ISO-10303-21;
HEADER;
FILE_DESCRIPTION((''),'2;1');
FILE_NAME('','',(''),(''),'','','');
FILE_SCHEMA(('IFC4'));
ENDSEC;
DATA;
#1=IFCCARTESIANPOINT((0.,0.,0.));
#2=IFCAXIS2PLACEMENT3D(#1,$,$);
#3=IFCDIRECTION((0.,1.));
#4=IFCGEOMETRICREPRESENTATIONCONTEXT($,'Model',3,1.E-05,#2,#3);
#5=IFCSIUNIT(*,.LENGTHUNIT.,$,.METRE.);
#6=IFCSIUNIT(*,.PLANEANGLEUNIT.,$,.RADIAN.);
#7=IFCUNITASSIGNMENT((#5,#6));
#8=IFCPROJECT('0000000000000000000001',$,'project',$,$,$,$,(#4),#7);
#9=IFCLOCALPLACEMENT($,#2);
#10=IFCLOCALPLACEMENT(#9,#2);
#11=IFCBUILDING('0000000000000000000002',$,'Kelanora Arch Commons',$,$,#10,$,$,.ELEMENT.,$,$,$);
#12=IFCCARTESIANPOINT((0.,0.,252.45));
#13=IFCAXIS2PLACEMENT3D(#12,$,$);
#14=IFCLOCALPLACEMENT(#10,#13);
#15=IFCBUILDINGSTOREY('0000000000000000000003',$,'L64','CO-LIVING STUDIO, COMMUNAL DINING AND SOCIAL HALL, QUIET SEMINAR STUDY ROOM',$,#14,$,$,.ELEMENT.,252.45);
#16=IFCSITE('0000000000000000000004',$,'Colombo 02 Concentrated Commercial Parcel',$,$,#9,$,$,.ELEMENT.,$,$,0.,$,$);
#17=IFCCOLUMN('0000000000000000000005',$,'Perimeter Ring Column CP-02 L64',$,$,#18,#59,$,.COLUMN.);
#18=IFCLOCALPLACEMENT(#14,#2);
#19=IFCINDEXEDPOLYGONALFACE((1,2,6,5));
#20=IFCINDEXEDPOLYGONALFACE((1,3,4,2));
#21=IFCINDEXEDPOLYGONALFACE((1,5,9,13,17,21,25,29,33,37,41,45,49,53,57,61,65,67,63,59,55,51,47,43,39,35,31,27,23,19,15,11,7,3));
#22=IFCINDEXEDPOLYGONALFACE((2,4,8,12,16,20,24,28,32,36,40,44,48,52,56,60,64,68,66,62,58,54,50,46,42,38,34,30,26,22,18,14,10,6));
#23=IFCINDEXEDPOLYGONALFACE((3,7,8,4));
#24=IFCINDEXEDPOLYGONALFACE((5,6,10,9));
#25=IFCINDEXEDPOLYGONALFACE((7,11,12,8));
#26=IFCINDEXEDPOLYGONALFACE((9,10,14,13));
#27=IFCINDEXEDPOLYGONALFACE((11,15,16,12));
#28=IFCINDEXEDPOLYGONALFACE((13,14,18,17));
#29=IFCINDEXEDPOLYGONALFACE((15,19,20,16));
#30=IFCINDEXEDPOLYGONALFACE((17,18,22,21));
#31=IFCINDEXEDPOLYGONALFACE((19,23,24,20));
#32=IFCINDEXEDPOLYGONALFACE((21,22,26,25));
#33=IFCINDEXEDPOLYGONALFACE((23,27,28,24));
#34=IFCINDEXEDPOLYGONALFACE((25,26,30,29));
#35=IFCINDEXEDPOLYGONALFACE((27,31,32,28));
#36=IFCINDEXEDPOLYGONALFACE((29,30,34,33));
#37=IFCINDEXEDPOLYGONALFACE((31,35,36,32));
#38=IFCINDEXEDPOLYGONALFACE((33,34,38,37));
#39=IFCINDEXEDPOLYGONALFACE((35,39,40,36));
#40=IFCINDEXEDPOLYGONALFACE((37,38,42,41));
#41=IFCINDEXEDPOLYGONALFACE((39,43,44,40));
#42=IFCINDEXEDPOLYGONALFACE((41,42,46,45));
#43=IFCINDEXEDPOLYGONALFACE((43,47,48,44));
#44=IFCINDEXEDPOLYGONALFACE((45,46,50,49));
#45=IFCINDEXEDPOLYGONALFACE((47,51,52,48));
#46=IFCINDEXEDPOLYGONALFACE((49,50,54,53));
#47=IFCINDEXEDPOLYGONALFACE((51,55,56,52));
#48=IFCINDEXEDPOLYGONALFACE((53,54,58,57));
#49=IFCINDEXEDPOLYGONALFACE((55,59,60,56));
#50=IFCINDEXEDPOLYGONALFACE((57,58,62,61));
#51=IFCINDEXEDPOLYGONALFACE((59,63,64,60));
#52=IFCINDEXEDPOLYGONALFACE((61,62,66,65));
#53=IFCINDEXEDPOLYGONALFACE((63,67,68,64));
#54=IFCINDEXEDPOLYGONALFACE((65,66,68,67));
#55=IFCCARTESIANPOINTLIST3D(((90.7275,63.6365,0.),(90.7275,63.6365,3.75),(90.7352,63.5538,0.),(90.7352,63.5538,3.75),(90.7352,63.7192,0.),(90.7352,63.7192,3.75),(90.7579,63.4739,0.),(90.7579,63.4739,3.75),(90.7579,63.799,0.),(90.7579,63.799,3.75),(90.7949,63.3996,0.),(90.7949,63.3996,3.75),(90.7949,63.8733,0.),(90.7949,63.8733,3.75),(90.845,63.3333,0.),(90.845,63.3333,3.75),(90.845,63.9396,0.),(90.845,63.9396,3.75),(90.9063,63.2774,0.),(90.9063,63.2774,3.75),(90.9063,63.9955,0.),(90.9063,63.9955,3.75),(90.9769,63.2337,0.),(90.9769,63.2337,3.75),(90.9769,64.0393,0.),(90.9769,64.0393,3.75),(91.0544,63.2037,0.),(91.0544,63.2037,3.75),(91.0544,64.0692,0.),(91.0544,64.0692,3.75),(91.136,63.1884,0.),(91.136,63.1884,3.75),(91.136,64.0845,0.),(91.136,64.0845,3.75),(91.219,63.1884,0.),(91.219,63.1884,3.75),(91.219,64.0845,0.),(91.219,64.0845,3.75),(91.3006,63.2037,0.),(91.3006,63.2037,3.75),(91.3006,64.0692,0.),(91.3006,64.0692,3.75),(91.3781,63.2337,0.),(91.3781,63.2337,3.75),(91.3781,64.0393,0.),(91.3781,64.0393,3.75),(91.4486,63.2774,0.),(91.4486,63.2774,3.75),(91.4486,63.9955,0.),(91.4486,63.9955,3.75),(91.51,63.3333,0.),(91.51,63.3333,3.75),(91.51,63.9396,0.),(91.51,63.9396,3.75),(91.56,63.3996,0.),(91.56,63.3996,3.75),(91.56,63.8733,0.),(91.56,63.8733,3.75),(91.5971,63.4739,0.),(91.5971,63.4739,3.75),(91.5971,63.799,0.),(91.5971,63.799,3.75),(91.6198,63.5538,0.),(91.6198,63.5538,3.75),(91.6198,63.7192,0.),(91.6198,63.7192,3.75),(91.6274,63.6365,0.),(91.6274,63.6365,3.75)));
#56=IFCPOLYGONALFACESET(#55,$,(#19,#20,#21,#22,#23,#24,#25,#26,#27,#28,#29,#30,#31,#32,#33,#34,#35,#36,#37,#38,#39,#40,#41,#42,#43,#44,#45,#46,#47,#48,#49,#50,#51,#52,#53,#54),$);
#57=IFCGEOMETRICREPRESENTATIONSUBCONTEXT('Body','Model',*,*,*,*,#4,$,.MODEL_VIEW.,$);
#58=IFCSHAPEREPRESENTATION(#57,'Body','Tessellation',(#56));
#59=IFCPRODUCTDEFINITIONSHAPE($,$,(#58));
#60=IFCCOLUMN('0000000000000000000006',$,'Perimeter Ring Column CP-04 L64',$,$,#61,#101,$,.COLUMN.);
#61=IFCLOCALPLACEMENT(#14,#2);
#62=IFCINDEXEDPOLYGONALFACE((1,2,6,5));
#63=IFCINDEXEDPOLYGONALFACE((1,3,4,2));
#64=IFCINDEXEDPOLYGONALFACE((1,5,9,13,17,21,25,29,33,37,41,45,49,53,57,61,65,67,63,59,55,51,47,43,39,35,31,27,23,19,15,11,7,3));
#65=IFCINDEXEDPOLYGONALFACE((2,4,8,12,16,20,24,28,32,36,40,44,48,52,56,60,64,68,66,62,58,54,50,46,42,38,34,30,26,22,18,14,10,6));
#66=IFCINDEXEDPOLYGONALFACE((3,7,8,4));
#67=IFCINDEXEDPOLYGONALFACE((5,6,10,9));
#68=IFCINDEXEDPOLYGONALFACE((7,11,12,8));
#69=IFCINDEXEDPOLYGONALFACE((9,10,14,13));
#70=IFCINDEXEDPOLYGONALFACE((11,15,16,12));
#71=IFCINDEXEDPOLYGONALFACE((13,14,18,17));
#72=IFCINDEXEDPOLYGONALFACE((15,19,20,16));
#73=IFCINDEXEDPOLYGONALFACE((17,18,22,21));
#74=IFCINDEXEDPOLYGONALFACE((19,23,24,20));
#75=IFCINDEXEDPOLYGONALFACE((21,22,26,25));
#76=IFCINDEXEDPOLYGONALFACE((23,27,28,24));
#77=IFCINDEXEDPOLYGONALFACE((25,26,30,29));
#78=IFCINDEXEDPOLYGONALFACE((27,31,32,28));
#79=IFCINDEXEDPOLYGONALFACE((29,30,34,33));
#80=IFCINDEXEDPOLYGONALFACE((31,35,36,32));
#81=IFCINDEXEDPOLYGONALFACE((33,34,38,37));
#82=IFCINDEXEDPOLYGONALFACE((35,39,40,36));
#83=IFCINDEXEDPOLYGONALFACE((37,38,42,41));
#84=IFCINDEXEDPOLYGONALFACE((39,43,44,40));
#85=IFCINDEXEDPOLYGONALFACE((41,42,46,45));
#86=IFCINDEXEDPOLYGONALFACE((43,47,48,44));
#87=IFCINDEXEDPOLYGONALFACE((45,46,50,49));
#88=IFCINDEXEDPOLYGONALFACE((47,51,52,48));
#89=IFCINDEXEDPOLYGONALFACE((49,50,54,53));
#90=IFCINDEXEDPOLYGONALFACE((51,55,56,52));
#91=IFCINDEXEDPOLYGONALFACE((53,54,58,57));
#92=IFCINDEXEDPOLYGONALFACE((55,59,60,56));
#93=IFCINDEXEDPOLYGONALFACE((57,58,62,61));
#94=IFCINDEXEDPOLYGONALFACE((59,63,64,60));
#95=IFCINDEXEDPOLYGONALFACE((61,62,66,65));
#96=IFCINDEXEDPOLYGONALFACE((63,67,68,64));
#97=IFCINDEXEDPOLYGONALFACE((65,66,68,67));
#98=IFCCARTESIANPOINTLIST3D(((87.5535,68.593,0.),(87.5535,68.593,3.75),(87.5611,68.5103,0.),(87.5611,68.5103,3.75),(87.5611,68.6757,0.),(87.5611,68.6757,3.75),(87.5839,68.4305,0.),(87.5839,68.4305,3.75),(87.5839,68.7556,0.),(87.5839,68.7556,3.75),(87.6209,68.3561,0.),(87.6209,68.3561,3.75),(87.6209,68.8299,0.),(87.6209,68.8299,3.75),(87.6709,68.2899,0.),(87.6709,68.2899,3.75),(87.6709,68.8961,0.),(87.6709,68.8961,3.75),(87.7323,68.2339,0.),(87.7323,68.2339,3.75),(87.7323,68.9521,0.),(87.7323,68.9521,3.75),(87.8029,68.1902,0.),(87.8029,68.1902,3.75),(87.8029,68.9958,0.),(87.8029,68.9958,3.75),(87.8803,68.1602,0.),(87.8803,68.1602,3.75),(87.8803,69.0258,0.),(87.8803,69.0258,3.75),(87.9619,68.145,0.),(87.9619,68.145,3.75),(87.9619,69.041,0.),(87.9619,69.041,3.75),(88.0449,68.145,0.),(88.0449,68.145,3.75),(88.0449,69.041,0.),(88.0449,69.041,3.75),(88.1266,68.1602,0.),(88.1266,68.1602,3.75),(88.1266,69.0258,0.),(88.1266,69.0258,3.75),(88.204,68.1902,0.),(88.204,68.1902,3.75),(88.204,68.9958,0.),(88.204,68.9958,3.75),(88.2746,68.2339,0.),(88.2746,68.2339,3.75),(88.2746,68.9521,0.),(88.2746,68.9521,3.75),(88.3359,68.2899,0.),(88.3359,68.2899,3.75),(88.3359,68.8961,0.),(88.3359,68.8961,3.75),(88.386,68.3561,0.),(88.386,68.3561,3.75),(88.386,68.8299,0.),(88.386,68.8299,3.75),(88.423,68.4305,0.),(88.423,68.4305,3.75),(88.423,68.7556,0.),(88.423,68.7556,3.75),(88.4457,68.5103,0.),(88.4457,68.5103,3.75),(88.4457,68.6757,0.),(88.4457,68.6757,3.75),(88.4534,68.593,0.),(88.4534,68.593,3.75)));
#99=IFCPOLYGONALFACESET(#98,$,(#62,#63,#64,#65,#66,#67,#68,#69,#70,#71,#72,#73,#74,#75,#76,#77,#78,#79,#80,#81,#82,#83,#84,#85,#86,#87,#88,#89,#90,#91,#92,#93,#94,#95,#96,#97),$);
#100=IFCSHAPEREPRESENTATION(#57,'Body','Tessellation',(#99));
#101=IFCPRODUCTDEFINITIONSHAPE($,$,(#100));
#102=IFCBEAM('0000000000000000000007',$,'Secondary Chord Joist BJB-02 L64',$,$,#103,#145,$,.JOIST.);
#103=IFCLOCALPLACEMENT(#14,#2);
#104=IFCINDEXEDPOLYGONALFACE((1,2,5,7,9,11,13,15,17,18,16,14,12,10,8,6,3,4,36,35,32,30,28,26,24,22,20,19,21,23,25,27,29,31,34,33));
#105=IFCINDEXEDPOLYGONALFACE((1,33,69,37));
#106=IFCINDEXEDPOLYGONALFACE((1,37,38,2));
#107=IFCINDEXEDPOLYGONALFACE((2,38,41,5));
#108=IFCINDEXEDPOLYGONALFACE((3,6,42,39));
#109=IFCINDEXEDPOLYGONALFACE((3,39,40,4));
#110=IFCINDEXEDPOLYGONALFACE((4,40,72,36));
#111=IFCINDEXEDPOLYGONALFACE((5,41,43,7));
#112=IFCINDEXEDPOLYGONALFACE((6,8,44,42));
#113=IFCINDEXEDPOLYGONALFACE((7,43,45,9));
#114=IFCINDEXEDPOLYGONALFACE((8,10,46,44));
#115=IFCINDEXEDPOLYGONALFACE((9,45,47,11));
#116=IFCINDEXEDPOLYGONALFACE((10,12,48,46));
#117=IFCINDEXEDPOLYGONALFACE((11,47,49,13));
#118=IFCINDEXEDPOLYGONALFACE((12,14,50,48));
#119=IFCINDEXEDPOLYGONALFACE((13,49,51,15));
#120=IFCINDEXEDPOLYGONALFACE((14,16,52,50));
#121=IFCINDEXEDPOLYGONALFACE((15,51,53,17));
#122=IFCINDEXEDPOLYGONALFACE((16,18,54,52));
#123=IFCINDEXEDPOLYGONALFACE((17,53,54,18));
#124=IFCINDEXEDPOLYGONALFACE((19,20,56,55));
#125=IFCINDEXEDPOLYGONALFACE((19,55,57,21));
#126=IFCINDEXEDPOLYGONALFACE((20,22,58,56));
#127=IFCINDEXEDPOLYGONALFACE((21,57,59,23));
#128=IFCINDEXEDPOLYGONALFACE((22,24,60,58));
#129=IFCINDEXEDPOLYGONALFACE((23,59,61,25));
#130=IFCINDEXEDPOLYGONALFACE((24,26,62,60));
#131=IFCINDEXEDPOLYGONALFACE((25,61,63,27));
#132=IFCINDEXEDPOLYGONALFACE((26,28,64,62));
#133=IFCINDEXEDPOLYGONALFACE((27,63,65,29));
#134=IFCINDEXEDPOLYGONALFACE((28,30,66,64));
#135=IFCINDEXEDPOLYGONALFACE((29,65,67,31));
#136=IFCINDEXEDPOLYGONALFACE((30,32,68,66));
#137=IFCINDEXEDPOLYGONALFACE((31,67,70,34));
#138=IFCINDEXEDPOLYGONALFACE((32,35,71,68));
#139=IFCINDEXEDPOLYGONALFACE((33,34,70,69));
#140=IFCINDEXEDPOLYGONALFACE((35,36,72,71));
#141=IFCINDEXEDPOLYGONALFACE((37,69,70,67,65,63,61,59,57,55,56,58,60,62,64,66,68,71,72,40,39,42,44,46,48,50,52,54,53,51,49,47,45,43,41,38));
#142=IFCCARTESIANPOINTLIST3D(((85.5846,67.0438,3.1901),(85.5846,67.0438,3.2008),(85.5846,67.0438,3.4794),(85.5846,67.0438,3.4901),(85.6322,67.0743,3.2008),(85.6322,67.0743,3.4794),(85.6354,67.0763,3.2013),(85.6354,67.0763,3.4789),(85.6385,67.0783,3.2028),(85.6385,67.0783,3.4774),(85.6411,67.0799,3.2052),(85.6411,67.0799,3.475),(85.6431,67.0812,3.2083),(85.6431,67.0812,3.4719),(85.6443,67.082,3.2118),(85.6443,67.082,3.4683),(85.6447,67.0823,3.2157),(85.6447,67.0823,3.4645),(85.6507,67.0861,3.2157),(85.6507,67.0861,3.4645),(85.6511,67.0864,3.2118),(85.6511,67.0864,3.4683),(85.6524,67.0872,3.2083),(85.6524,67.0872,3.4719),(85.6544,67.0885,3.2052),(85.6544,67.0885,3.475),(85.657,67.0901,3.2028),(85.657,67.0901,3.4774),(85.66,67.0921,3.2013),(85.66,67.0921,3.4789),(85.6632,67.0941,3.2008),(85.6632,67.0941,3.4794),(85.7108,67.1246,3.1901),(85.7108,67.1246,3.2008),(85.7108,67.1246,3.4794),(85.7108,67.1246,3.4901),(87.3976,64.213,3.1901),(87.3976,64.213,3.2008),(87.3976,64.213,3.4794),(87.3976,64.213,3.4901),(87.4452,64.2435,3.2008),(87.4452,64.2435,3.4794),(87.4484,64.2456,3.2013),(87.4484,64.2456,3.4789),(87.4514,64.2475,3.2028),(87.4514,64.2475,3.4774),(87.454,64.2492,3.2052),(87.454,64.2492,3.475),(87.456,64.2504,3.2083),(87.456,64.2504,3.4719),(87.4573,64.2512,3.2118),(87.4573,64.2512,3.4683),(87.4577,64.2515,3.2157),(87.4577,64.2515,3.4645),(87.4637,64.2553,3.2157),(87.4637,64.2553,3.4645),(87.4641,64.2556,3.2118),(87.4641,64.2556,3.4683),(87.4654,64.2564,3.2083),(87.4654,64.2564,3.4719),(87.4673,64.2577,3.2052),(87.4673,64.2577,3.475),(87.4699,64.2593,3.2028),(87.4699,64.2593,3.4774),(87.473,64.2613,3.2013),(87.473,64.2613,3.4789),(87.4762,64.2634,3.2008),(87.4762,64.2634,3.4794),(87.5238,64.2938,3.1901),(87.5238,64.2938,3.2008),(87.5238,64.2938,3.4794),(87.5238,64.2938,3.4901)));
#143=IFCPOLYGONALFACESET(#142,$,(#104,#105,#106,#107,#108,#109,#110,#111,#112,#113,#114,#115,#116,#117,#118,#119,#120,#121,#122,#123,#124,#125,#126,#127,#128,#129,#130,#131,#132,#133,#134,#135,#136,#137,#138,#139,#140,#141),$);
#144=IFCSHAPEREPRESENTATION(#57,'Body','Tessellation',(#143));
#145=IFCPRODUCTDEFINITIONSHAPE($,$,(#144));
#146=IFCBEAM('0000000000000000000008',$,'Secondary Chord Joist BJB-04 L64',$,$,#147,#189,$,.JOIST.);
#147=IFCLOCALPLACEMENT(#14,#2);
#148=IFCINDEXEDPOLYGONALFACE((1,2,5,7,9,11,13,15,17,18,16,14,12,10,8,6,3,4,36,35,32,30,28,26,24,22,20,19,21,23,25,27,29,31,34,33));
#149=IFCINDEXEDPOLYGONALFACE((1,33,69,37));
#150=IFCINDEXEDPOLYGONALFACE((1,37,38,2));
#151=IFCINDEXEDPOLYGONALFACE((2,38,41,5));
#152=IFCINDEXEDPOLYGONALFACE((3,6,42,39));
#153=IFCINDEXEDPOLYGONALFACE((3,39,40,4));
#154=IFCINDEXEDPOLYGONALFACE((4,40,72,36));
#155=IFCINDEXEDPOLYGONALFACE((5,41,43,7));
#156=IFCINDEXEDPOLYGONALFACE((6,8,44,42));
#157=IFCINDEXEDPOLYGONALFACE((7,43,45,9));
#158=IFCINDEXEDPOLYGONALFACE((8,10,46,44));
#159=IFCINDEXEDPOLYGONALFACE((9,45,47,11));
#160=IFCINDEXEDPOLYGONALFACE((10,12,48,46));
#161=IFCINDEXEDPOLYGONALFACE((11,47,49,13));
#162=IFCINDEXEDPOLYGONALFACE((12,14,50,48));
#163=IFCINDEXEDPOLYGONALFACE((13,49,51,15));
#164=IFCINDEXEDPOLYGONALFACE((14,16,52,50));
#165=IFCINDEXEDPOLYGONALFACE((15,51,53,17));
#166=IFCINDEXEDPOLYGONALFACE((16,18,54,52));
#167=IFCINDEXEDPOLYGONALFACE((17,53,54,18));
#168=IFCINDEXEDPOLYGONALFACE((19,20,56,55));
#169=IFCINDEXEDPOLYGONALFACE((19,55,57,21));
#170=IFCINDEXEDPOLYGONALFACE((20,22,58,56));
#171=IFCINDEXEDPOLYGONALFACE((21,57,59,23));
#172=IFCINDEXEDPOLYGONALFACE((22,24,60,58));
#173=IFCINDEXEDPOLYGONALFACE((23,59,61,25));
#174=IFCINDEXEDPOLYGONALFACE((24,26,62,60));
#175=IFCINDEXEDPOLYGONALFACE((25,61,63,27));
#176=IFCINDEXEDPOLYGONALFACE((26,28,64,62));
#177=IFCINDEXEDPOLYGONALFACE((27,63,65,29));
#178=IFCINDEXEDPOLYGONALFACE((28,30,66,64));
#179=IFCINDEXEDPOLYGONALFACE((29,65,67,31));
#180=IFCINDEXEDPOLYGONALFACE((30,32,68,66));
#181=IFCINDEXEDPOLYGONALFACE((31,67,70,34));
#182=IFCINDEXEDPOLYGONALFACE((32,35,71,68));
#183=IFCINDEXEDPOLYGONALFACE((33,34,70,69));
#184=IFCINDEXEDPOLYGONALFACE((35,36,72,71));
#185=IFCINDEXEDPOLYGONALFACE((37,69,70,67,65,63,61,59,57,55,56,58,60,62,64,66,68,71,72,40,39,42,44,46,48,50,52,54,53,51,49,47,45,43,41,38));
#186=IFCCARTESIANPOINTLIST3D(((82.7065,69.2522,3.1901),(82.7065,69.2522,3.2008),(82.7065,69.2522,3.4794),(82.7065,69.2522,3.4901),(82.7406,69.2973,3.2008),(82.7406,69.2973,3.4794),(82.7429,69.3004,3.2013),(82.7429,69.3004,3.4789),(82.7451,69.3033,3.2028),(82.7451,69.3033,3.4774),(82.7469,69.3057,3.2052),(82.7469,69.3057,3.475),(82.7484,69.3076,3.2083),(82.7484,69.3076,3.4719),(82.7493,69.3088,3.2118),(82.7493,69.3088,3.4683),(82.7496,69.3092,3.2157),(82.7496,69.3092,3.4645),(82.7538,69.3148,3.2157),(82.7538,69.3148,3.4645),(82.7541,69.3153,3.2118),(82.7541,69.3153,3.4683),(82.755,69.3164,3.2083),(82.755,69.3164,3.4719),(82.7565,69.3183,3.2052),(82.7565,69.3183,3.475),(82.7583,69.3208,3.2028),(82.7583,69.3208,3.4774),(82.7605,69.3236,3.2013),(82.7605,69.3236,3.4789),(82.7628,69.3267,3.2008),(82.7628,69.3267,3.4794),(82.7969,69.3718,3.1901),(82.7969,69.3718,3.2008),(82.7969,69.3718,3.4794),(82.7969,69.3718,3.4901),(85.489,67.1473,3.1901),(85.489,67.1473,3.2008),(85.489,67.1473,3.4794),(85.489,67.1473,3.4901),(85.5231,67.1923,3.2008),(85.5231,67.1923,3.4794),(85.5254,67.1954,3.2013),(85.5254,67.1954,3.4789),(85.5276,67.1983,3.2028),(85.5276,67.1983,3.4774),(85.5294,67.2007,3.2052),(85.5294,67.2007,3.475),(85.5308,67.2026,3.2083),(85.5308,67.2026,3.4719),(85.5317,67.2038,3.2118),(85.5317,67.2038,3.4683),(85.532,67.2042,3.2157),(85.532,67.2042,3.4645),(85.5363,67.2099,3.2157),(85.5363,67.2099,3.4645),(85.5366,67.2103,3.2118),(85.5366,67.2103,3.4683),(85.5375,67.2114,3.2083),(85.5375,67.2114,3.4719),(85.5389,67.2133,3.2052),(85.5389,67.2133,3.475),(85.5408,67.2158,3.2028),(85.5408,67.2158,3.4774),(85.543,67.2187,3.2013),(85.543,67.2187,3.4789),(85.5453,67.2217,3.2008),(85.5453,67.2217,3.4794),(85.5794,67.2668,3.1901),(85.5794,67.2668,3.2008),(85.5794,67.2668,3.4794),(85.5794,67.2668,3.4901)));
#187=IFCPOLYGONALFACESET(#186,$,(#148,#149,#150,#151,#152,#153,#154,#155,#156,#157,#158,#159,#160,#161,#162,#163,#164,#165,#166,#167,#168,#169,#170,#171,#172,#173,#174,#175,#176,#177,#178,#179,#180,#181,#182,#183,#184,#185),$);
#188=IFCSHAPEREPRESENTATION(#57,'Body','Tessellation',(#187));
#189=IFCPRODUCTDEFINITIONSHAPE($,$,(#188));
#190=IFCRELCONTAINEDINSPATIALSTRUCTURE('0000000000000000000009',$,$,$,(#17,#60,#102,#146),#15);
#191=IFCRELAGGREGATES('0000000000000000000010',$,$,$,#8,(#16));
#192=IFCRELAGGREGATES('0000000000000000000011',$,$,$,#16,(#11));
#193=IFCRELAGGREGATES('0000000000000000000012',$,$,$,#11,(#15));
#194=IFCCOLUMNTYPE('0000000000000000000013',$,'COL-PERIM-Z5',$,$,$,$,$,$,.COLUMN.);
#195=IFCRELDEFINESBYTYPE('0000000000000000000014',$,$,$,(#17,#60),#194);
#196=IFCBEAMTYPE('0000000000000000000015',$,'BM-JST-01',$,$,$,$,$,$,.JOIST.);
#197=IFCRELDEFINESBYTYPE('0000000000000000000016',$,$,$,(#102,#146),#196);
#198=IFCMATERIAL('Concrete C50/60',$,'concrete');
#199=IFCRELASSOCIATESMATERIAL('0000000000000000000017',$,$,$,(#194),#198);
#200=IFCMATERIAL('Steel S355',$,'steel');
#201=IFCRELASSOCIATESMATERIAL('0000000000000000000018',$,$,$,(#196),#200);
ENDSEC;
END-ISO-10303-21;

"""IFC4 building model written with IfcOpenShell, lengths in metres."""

from ifc_helpers import new_model, si_unit, direction, frame, origin, origin_2d, place, context, subcontext, project, spatial, circle, i_section, extrude, material, material_profile, profile_set, type_object, element, save


model = new_model("IFC4")

# Units and contexts
model_context = context("Model", 3, precision=1e-05, world=origin(), true_north=direction((0.0, 1.0)))
body_context = subcontext(model_context, "Body", "Model", "MODEL_VIEW")
ifc_project = project(units=[si_unit("LENGTHUNIT", "METRE"), si_unit("PLANEANGLEUNIT", "RADIAN")], contexts=[model_context])

# Site, building, storey
site_placement = place(None, origin())
site = spatial("IfcSite", under=ifc_project, at=site_placement, Name="Colombo 02 Concentrated Commercial Parcel", CompositionType="ELEMENT", RefElevation=0.0)
building_placement = place(site_placement, origin())
building = spatial("IfcBuilding", under=site, at=building_placement, Name="Kelanora Arch Commons", CompositionType="ELEMENT")
storey_placement = place(building_placement, frame((0.0, 0.0, 252.45)))
storey = spatial("IfcBuildingStorey", under=building, at=storey_placement, Name="L64", Description="CO-LIVING STUDIO, COMMUNAL DINING AND SOCIAL HALL, QUIET SEMINAR STUDY ROOM", CompositionType="ELEMENT", Elevation=252.45)

# Columns
ifc_material_1 = material(Name="Concrete C50/60", Category="concrete")
ifc_material_profile_1 = material_profile(ifc_material_1, circle(Radius=0.45, at=origin_2d()), Name="RCC900")
ifc_profile_set_1 = profile_set([ifc_material_profile_1], Name="Concrete C50/60")
column_type = type_object("IfcColumnType", Name="COL-PERIM-Z5", PredefinedType="COLUMN", material=ifc_profile_set_1)
for number, where, z_axis, x_axis, name in (
    (1, (91.1775, 63.6365, 0.0), (0.0, 0.0, 1.0), (1.0, 0.0, 0.0), "Perimeter Ring Column CP-02 L64"),
    (2, (88.0034, 68.593, 0.0), (0.0, 0.0, 1.0), (1.0, 0.0, 0.0), "Perimeter Ring Column CP-04 L64"),
):
    element("IfcColumn", number, at=place(storey_placement, frame(where, z_axis=z_axis, x_axis=x_axis)), inside=storey, type_object=column_type, Name=name, PredefinedType="COLUMN", context=body_context, shape_type="SweptSolid", body=[
        extrude(circle(Radius=0.45, at=origin_2d()), origin(), (0.0, 0.0, 1.0), 3.75),
    ])

# Beams
ifc_material_2 = material(Name="Steel S355", Category="steel")
ifc_material_profile_2 = material_profile(ifc_material_2, i_section(OverallWidth=0.1499, OverallDepth=0.3, WebThickness=0.0071, FlangeThickness=0.0107, FilletRadius=0.0149, at=origin_2d()), Name="IPE300")
ifc_profile_set_2 = profile_set([ifc_material_profile_2], Name="Steel S355")
beam_type_1 = type_object("IfcBeamType", Name="BM-JST-01", PredefinedType="JOIST", material=ifc_profile_set_2)
beam_1_placement = place(storey_placement, frame((87.4607, 64.2534, 3.3401), z_axis=(-0.539322, 0.8421, 0.0), x_axis=(-0.8421, -0.539322, 0.0)))
element("IfcBeam", 3, at=beam_1_placement, inside=storey, type_object=beam_type_1, Name="Secondary Chord Joist BJB-02 L64", PredefinedType="JOIST", context=body_context, shape_type="SweptSolid", body=[
    extrude(i_section(OverallWidth=0.1499, OverallDepth=0.3, WebThickness=0.0071, FlangeThickness=0.0107, FilletRadius=0.0149, at=origin_2d()), origin(), (0.0, 0.0, 1.0), 3.3616),
])
beam_2_placement = place(storey_placement, frame((85.5342, 67.207, 3.3401), z_axis=(-0.797499, 0.60332, 0.0), x_axis=(-0.60332, -0.797499, 0.0)))
element("IfcBeam", 4, at=beam_2_placement, inside=storey, type_object=beam_type_1, Name="Secondary Chord Joist BJB-04 L64", PredefinedType="JOIST", context=body_context, shape_type="SweptSolid", body=[
    extrude(i_section(OverallWidth=0.1499, OverallDepth=0.3, WebThickness=0.0071, FlangeThickness=0.0107, FilletRadius=0.0149, at=origin_2d()), origin(), (0.0, 0.0, 1.0), 3.489),
])

save(model, "model.ifc")
